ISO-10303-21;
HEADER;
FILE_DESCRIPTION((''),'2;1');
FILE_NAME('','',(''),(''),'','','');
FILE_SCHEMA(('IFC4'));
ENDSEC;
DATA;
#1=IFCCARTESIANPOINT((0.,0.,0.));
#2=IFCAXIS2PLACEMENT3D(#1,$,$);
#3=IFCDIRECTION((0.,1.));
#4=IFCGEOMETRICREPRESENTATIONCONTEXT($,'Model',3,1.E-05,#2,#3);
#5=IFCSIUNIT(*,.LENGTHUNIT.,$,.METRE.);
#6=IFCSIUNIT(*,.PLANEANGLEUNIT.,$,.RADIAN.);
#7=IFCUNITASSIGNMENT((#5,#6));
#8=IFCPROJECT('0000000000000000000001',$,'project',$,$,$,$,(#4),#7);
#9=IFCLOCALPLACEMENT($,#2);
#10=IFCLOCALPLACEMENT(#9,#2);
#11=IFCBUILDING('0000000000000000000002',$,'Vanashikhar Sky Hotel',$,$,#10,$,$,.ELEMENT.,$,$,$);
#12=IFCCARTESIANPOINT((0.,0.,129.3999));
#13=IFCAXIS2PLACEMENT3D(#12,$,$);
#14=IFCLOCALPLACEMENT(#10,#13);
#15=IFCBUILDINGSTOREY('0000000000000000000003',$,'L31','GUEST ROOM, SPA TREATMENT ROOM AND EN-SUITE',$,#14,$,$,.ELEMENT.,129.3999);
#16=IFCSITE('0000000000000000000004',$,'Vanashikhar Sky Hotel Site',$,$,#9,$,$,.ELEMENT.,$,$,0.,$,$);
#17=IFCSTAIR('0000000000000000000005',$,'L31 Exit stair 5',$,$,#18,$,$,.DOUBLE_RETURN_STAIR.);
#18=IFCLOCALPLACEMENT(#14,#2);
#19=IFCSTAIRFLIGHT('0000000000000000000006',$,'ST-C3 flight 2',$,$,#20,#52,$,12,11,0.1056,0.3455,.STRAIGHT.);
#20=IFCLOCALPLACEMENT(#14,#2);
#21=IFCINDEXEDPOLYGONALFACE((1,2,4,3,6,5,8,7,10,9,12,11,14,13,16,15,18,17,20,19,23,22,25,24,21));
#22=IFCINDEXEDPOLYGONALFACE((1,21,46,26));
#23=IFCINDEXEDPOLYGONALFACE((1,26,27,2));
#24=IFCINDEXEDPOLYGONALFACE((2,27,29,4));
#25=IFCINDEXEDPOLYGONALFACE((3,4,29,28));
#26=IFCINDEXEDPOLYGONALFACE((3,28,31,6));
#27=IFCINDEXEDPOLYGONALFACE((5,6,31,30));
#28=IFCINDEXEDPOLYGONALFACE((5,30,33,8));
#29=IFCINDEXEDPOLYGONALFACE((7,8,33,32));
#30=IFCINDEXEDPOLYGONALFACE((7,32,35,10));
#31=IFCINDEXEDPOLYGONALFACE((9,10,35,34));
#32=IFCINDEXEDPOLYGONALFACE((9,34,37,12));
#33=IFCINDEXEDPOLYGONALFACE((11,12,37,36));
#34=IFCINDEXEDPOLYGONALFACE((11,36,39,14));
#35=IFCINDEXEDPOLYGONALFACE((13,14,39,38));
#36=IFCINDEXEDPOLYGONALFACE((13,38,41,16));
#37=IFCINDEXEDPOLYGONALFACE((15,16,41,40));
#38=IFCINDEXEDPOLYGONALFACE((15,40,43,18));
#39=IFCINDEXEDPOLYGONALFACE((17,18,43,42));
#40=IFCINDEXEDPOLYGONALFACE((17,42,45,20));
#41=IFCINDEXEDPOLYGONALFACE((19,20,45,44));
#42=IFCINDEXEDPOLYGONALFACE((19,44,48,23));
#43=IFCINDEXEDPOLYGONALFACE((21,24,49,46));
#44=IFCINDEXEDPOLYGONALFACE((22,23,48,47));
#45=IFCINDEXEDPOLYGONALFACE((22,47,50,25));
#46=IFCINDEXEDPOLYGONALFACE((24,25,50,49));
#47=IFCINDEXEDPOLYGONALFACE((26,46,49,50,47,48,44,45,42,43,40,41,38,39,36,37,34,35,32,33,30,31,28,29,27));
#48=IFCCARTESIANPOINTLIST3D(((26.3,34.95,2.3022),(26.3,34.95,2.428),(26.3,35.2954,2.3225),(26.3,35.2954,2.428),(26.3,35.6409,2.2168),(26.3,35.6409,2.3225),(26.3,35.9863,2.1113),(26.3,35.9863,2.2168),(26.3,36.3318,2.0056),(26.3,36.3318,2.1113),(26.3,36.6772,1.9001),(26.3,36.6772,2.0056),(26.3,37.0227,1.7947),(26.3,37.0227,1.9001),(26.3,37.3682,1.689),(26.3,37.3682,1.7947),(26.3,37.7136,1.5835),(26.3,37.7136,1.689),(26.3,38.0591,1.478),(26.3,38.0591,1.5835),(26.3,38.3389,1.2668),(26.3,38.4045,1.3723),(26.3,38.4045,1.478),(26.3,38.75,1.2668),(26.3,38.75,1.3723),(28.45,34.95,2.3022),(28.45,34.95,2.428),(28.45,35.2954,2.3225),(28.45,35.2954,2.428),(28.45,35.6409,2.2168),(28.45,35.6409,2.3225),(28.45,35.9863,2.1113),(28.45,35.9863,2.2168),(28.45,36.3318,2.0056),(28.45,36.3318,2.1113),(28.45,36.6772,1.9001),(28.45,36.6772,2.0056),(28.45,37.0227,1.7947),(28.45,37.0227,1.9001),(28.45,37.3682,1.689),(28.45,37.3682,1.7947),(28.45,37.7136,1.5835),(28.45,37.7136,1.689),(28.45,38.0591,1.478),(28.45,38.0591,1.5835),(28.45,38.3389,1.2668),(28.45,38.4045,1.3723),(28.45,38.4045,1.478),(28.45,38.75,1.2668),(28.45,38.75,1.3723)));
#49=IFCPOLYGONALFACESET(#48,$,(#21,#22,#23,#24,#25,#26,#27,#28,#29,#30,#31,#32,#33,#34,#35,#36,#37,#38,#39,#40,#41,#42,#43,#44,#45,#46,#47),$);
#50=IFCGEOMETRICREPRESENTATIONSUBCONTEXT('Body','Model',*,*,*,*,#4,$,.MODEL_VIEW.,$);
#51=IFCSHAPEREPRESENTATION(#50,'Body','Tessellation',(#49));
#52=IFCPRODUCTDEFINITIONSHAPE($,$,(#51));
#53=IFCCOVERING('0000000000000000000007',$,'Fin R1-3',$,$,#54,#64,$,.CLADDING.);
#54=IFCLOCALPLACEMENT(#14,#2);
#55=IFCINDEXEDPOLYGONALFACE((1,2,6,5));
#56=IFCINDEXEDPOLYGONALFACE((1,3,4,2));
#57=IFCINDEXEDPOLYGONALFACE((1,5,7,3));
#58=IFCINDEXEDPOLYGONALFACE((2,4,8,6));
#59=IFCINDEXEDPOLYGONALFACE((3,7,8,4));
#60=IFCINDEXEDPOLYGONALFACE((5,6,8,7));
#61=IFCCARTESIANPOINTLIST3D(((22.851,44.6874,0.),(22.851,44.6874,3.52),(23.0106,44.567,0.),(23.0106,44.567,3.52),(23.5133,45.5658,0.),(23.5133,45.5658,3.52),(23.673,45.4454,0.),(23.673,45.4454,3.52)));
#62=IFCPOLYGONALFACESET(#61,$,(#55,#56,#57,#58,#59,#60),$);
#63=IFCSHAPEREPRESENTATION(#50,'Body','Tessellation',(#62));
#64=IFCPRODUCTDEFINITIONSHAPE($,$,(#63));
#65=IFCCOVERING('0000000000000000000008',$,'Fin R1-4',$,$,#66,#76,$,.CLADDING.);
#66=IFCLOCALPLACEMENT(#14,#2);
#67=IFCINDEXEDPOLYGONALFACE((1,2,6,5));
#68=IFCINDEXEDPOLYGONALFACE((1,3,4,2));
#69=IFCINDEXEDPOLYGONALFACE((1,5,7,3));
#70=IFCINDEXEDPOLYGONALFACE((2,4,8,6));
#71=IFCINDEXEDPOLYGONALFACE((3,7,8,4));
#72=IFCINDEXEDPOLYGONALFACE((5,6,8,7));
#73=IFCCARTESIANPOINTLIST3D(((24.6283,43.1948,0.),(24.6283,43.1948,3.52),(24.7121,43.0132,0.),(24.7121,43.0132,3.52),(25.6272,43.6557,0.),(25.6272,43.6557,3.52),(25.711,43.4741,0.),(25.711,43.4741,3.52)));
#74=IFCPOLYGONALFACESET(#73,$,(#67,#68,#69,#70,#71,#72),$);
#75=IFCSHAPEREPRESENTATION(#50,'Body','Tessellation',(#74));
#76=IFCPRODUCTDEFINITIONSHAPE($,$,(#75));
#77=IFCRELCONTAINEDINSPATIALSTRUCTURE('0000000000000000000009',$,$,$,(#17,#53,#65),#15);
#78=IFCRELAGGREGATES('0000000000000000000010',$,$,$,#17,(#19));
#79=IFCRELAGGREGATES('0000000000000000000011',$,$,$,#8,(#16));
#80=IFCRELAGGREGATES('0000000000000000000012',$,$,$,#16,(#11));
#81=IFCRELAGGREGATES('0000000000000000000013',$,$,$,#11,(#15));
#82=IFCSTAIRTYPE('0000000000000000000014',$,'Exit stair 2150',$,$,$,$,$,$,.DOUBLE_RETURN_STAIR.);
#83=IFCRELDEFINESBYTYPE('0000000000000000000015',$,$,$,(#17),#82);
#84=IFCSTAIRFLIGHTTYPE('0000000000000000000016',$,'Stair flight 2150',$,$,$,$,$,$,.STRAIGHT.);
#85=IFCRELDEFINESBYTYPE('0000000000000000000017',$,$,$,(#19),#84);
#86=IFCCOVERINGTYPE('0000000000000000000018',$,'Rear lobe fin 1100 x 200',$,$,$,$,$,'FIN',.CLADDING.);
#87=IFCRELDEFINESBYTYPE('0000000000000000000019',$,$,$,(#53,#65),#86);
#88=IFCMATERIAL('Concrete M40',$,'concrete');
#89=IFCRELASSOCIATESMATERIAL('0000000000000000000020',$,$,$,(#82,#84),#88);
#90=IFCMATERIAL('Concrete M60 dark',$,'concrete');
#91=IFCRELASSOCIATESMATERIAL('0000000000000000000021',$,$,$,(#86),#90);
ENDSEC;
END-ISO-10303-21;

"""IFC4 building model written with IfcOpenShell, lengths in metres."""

from ifc_helpers import new_model, si_unit, direction, frame, origin, origin_2d, place, context, subcontext, project, spatial, polyline, rectangle, outline, extrude, source, transform, mapped, material, material_profile, profile_set, type_object, element, aggregate, save


model = new_model("IFC4")

# Units and contexts
model_context = context("Model", 3, precision=1e-05, world=origin(), true_north=direction((0.0, 1.0)))
body_context = subcontext(model_context, "Body", "Model", "MODEL_VIEW")
ifc_project = project(units=[si_unit("LENGTHUNIT", "METRE"), si_unit("PLANEANGLEUNIT", "RADIAN")], contexts=[model_context])

# Site, building, storey
site_placement = place(None, origin())
site = spatial("IfcSite", under=ifc_project, at=site_placement, Name="Vanashikhar Sky Hotel Site", CompositionType="ELEMENT", RefElevation=0.0)
building_placement = place(site_placement, origin())
building = spatial("IfcBuilding", under=site, at=building_placement, Name="Vanashikhar Sky Hotel", CompositionType="ELEMENT")
storey_placement = place(building_placement, frame((0.0, 0.0, 129.3999)))
storey = spatial("IfcBuildingStorey", under=building, at=storey_placement, Name="L31", Description="GUEST ROOM, SPA TREATMENT ROOM AND EN-SUITE", CompositionType="ELEMENT", Elevation=129.3999)

# Stair, stair flight
ifc_material_1 = material(Name="Concrete M40", Category="concrete")
stair_type = type_object("IfcStairType", Name="Exit stair 2150", PredefinedType="DOUBLE_RETURN_STAIR", material=ifc_material_1)
stair_placement = place(storey_placement, origin())
stair = element("IfcStair", 1, at=stair_placement, inside=storey, type_object=stair_type, Name="L31 Exit stair 5", PredefinedType="DOUBLE_RETURN_STAIR")
stair_flight_type = type_object("IfcStairFlightType", Name="Stair flight 2150", PredefinedType="STRAIGHT", material=ifc_material_1)
shared_shape_1 = source(origin(), body_context, "Body", "SweptSolid", [
    extrude(outline(polyline([(0.0, 0.0), (0.0, 0.1055), (0.3455, 0.1055), (0.3455, 0.2112), (0.6909, 0.2112), (0.6909, 0.3167), (1.0364, 0.3167), (1.0364, 0.4221), (1.3818, 0.4221), (1.3818, 0.5278), (1.7273, 0.5278), (1.7273, 0.6333), (2.0728, 0.6333), (2.0728, 0.7388), (2.4182, 0.7388), (2.4182, 0.8445), (2.7637, 0.8445), (2.7637, 0.95), (3.1091, 0.95), (3.1091, 1.0557), (3.4546, 1.0557), (3.4546, 1.1611), (3.8, 1.1611), (3.8, 1.2666), (3.8, 1.0354), (0.4111, 0.0), (0.0, 0.0)])), frame((0.0, 1.075, 0.0), z_axis=(0.0, -1.0, 0.0), x_axis=(1.0, 0.0, 0.0)), (0.0, 0.0, 1.0), 2.1499),
])
stair_flight_placement = place(storey_placement, frame((27.375, 38.75, 1.2668), z_axis=(0.0, 0.0, 1.0), x_axis=(0.0, -1.0, 0.0)))
stair_flight = element("IfcStairFlight", 2, at=stair_flight_placement, type_object=stair_flight_type, Name="ST-C3 flight 2", NumberOfRisers=12, NumberOfTreads=11, PredefinedType="STRAIGHT", RiserHeight=0.1056, TreadLength=0.3455, context=body_context, shape_type="MappedRepresentation", body=[
    mapped(shared_shape_1, transform((0.0, 0.0, 0.0), scale=1.0)),
])
aggregate(stair, [stair_flight])

# Coverings
ifc_material_2 = material(Name="Concrete M60 dark", Category="concrete")
ifc_material_profile = material_profile(ifc_material_2, rectangle(XDim=1.1001, YDim=0.2, at=origin_2d()))
ifc_profile_set = profile_set([ifc_material_profile], Name="Rear lobe fin 1100 x 200")
covering_type = type_object("IfcCoveringType", Name="Rear lobe fin 1100 x 200", ElementType="FIN", PredefinedType="CLADDING", material=ifc_profile_set)
shared_shape_2 = source(origin(), body_context, "Body", "SweptSolid", [
    extrude(rectangle(XDim=1.1001, YDim=0.2, at=origin_2d()), origin(), (0.0, 0.0, 1.0), 3.52),
])
for number, where, z_axis, x_axis, name in (
    (3, (23.262, 45.0664, 0.0), (0.0, 0.0, 1.0), (0.602066, 0.798446, 0.0), "Fin R1-3"),
    (4, (25.1697, 43.3345, 0.0), (0.0, 0.0, 1.0), (0.908004, 0.418961, 0.0), "Fin R1-4"),
):
    element("IfcCovering", number, at=place(storey_placement, frame(where, z_axis=z_axis, x_axis=x_axis)), inside=storey, type_object=covering_type, Name=name, PredefinedType="CLADDING", context=body_context, shape_type="MappedRepresentation", body=[
        mapped(shared_shape_2, transform((0.0, 0.0, 0.0), scale=1.0)),
    ])

save(model, "model.ifc")
